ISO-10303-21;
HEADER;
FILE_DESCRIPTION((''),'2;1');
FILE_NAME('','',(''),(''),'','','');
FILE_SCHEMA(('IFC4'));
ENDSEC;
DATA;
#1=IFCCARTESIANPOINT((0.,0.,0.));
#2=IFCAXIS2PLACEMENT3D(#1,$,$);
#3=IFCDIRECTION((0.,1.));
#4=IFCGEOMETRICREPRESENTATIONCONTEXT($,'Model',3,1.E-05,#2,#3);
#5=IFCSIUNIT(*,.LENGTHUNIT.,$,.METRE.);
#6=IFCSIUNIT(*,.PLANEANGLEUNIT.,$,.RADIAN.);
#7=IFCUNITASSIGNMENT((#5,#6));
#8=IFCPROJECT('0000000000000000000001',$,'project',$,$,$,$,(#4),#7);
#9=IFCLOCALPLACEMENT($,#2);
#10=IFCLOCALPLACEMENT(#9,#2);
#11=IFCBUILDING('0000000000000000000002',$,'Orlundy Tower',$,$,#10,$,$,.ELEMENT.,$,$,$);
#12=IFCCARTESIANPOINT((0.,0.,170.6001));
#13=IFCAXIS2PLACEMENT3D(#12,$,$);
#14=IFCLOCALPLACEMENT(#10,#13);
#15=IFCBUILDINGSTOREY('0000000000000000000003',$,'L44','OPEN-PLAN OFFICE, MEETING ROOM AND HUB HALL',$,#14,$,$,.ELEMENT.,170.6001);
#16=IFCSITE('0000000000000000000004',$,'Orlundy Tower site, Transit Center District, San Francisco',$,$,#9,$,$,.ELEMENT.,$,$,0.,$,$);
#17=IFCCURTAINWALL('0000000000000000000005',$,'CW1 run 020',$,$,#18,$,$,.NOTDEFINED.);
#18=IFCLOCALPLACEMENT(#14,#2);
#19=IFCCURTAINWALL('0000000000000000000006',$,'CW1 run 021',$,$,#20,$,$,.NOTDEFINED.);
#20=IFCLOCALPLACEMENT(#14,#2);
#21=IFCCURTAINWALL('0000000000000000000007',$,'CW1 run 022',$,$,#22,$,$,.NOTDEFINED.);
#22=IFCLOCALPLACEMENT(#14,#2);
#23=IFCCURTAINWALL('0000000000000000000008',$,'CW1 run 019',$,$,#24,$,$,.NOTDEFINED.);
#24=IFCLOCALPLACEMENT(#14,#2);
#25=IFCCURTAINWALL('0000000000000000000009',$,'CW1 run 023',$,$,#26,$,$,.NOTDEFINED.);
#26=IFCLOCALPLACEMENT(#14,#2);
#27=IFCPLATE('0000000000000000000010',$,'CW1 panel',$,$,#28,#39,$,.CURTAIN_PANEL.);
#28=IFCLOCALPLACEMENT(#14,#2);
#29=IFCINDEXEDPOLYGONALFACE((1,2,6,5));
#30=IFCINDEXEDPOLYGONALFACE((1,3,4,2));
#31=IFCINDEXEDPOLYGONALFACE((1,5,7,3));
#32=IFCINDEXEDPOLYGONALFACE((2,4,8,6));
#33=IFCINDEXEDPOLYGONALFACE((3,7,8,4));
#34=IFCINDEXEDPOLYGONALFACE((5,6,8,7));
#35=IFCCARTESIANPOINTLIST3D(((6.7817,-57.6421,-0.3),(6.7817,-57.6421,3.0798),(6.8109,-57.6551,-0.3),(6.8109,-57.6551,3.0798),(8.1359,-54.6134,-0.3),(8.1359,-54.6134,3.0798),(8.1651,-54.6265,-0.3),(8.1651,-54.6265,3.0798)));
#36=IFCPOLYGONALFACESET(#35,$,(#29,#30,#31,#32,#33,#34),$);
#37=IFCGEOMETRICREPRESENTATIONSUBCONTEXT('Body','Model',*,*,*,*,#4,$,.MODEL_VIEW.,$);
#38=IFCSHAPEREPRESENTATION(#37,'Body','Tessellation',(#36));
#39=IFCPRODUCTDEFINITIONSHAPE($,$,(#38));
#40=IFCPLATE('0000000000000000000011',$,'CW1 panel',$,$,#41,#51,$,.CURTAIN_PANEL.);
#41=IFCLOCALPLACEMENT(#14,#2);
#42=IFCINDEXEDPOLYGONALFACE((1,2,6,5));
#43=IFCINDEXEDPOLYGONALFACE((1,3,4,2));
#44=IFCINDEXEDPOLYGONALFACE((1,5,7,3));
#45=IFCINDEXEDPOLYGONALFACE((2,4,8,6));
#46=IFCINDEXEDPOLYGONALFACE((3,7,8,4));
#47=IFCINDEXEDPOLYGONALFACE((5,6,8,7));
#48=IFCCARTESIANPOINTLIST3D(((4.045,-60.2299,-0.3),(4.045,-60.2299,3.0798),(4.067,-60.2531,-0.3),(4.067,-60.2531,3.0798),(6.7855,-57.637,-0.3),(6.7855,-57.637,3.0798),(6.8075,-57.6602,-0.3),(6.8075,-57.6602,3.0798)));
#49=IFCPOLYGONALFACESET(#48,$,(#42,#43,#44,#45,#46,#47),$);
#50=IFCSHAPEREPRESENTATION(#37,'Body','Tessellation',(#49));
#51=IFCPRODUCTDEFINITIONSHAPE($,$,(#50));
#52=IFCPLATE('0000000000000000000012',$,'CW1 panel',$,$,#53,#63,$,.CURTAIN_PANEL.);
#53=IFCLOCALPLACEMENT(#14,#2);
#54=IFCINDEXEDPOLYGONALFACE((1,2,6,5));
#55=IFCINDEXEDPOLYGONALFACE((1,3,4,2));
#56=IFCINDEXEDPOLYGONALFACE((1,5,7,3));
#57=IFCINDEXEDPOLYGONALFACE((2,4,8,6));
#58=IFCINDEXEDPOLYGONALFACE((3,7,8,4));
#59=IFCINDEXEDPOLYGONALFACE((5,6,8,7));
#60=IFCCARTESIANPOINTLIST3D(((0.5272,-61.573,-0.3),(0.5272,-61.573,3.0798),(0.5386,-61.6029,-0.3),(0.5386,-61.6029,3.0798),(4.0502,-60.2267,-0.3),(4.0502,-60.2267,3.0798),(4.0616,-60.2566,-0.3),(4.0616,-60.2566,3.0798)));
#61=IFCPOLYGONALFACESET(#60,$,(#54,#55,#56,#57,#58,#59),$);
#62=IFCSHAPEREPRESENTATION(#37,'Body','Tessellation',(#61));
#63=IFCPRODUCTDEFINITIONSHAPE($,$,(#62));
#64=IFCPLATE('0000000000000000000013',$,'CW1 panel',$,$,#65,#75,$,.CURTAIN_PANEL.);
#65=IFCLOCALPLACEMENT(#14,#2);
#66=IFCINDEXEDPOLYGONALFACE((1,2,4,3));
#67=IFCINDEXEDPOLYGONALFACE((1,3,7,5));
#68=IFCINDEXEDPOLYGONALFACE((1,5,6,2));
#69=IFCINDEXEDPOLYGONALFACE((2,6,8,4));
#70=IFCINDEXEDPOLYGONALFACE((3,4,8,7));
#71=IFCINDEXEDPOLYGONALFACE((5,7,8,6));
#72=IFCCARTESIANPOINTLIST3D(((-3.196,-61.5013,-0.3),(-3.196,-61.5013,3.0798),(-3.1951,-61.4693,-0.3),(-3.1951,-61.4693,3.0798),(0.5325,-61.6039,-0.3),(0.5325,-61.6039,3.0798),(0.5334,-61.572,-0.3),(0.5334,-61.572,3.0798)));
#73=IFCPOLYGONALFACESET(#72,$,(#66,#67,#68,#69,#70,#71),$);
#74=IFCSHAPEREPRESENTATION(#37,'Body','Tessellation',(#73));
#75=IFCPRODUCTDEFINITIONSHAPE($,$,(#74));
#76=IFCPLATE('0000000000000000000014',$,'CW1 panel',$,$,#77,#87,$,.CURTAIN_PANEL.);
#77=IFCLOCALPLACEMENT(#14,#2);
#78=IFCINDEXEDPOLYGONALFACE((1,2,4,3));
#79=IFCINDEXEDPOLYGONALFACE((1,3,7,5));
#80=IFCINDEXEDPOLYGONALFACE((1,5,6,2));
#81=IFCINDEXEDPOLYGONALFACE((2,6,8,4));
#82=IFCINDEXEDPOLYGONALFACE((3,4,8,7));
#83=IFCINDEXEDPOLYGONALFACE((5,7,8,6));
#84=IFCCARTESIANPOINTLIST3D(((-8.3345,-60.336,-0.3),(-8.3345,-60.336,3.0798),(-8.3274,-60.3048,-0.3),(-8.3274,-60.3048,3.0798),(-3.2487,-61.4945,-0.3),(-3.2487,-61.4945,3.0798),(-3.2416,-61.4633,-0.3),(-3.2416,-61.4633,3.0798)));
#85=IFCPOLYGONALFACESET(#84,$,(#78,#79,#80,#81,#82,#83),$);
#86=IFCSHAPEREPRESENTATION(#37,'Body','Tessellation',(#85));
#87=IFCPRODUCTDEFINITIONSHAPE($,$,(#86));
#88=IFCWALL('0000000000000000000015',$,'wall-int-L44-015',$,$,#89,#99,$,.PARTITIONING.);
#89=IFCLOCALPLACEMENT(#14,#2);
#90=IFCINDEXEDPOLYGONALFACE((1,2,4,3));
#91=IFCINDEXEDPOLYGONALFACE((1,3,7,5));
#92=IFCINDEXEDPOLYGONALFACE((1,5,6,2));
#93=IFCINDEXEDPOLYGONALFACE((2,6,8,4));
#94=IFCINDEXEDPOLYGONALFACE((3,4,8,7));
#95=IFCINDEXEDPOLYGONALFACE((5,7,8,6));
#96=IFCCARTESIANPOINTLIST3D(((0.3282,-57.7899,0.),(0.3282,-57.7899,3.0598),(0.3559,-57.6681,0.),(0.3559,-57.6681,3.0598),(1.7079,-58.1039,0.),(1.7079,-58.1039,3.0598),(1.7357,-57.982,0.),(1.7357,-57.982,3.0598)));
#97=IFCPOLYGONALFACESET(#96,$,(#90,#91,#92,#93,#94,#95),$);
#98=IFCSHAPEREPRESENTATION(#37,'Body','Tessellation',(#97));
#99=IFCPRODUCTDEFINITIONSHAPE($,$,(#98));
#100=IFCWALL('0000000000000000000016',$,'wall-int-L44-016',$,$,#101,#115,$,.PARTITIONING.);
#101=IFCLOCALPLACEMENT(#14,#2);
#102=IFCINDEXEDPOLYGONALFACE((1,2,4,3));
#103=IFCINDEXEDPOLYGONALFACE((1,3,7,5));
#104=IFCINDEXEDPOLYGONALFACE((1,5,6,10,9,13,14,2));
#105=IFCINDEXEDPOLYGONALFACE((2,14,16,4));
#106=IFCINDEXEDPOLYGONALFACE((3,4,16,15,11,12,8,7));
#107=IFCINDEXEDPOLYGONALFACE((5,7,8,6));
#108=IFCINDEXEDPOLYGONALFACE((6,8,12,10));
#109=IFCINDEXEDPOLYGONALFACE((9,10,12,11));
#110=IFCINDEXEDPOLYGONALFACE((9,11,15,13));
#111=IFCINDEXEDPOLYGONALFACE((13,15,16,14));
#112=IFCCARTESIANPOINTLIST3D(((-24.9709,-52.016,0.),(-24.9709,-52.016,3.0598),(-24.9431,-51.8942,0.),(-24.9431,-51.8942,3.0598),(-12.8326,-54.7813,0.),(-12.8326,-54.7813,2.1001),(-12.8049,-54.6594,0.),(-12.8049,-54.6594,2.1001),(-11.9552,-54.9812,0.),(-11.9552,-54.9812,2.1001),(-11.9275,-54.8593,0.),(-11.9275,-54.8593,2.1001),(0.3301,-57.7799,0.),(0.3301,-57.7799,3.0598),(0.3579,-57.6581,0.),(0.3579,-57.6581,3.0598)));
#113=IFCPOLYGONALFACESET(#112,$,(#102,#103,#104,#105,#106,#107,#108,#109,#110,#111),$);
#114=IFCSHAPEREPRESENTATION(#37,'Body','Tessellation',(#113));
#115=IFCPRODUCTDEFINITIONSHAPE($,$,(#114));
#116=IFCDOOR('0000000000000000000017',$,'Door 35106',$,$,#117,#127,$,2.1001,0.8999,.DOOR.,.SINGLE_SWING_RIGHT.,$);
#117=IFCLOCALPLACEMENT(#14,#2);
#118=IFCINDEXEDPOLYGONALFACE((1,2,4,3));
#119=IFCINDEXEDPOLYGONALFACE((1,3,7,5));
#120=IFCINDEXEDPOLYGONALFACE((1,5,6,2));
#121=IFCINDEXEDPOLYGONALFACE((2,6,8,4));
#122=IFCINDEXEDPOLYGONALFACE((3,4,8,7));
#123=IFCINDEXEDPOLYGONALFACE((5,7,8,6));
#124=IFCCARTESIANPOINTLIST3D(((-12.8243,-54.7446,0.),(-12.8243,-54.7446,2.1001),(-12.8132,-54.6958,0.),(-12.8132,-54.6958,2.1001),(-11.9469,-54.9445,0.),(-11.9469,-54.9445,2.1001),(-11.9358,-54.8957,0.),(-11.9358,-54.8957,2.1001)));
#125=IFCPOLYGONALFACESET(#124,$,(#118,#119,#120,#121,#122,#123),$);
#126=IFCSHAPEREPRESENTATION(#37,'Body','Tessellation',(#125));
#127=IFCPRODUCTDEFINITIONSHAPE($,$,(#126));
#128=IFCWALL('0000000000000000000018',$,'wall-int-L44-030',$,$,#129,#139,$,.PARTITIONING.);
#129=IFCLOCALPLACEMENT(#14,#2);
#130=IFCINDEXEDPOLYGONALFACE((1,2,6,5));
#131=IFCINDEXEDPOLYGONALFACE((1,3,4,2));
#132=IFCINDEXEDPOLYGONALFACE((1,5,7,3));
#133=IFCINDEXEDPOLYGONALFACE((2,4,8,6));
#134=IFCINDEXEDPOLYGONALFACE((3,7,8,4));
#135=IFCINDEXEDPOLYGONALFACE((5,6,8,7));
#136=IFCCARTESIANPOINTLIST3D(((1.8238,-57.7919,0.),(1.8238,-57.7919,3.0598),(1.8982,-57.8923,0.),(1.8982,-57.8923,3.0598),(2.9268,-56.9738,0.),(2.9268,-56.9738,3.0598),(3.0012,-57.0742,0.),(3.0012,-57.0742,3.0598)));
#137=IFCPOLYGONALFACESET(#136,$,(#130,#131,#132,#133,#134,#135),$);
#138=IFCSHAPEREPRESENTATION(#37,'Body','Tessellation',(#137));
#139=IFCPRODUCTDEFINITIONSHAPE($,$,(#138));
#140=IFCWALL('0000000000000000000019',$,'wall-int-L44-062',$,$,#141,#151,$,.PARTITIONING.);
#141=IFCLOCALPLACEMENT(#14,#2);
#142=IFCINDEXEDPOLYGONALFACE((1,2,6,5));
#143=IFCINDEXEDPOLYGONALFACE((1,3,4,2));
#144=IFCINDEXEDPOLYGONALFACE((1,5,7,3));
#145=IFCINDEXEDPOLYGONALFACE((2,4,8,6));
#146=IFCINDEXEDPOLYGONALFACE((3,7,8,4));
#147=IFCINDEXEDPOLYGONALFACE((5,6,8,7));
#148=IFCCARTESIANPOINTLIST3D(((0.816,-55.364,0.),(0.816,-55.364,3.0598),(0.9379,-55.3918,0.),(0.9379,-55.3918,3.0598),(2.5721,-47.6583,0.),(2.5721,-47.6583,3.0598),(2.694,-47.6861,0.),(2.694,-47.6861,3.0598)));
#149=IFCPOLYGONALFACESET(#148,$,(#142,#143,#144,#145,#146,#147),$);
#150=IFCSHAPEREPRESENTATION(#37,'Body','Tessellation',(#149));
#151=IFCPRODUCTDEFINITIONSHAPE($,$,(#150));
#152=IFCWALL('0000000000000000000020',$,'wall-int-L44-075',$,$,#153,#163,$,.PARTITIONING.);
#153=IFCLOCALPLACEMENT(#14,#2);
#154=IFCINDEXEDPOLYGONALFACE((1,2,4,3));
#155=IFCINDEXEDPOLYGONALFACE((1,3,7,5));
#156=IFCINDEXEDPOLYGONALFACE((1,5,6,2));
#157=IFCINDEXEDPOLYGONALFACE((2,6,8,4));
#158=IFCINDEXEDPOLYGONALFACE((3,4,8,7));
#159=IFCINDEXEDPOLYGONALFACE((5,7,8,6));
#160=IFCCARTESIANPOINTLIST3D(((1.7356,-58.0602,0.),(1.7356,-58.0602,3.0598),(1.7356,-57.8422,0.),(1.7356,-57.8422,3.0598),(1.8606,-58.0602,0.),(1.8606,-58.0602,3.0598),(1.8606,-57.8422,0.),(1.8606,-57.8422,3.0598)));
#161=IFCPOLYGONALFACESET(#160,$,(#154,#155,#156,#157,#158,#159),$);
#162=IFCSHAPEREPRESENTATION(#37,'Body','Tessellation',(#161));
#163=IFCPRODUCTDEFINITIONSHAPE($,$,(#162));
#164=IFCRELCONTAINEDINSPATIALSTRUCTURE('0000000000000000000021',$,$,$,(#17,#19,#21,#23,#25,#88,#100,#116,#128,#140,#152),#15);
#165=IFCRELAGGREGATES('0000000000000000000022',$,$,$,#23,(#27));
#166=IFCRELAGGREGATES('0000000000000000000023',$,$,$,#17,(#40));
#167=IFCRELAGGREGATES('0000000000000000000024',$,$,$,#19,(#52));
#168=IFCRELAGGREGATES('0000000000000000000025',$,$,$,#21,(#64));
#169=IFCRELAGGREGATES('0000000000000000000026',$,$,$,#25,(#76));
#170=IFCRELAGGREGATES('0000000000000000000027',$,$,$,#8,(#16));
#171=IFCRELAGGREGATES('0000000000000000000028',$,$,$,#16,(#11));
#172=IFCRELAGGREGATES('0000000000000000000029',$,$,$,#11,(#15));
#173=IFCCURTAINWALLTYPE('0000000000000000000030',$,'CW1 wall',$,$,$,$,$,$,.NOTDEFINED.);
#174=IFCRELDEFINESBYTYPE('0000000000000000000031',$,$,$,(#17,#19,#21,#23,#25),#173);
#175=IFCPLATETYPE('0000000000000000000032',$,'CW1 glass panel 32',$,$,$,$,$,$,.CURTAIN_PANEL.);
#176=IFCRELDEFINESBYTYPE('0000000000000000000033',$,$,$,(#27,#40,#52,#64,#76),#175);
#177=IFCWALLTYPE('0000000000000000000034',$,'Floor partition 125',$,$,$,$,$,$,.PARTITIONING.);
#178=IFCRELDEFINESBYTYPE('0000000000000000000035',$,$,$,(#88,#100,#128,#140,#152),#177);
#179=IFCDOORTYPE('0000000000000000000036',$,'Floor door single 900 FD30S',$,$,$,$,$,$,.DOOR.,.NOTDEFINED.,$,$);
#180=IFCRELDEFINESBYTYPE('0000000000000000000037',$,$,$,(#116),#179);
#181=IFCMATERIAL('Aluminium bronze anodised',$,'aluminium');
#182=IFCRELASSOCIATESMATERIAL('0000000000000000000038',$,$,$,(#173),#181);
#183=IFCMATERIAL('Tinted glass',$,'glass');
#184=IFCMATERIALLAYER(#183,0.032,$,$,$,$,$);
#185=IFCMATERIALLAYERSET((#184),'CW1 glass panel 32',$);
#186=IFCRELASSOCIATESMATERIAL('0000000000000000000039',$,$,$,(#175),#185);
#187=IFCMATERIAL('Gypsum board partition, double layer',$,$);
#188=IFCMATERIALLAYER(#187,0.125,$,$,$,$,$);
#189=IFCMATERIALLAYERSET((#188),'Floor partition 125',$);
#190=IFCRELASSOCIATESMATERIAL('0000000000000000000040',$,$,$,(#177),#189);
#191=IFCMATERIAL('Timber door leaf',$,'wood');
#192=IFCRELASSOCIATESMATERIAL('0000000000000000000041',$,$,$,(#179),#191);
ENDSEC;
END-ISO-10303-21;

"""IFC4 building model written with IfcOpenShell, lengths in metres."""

from ifc_helpers import new_model, si_unit, direction, frame, frame_2d, origin, origin_2d, place, context, subcontext, project, spatial, rectangle, extrude, material, layer, layer_set, type_object, element, fill, aggregate, save


model = new_model("IFC4")

# Units and contexts
model_context = context("Model", 3, precision=1e-05, world=origin(), true_north=direction((0.0, 1.0)))
body_context = subcontext(model_context, "Body", "Model", "MODEL_VIEW")
ifc_project = project(units=[si_unit("LENGTHUNIT", "METRE"), si_unit("PLANEANGLEUNIT", "RADIAN")], contexts=[model_context])

# Site, building, storey
site_placement = place(None, origin())
site = spatial("IfcSite", under=ifc_project, at=site_placement, Name="Orlundy Tower site, Transit Center District, San Francisco", CompositionType="ELEMENT", RefElevation=0.0)
building_placement = place(site_placement, origin())
building = spatial("IfcBuilding", under=site, at=building_placement, Name="Orlundy Tower", CompositionType="ELEMENT")
storey_placement = place(building_placement, frame((0.0, 0.0, 170.6001)))
storey = spatial("IfcBuildingStorey", under=building, at=storey_placement, Name="L44", Description="OPEN-PLAN OFFICE, MEETING ROOM AND HUB HALL", CompositionType="ELEMENT", Elevation=170.6001)

# Curtain walls
ifc_material_1 = material(Name="Aluminium bronze anodised", Category="aluminium")
curtain_wall_type = type_object("IfcCurtainWallType", Name="CW1 wall", PredefinedType="NOTDEFINED", material=ifc_material_1)
curtain_wall_1_placement = place(storey_placement, origin())
curtain_wall_1 = element("IfcCurtainWall", 1, at=curtain_wall_1_placement, inside=storey, type_object=curtain_wall_type, Name="CW1 run 020", PredefinedType="NOTDEFINED")
curtain_wall_2_placement = place(storey_placement, origin())
curtain_wall_2 = element("IfcCurtainWall", 2, at=curtain_wall_2_placement, inside=storey, type_object=curtain_wall_type, Name="CW1 run 021", PredefinedType="NOTDEFINED")
curtain_wall_3_placement = place(storey_placement, origin())
curtain_wall_3 = element("IfcCurtainWall", 3, at=curtain_wall_3_placement, inside=storey, type_object=curtain_wall_type, Name="CW1 run 022", PredefinedType="NOTDEFINED")
curtain_wall_4_placement = place(storey_placement, origin())
curtain_wall_4 = element("IfcCurtainWall", 4, at=curtain_wall_4_placement, inside=storey, type_object=curtain_wall_type, Name="CW1 run 019", PredefinedType="NOTDEFINED")

# Curtain wall
curtain_wall_5_placement = place(storey_placement, origin())
curtain_wall_5 = element("IfcCurtainWall", 5, at=curtain_wall_5_placement, inside=storey, type_object=curtain_wall_type, Name="CW1 run 023", PredefinedType="NOTDEFINED")

# Plates
ifc_material_2 = material(Name="Tinted glass", Category="glass")
ifc_layer_1 = layer(ifc_material_2, 0.032)
ifc_layer_set_1 = layer_set([ifc_layer_1], Name="CW1 glass panel 32")
plate_type = type_object("IfcPlateType", Name="CW1 glass panel 32", PredefinedType="CURTAIN_PANEL", material=ifc_layer_set_1)
plate_1_placement = place(storey_placement, frame((7.4734, -56.1343, -0.3), z_axis=(0.0, 0.0, 1.0), x_axis=(-0.408165, -0.912908, 0.0)))
plate_1 = element("IfcPlate", 6, at=plate_1_placement, type_object=plate_type, Name="CW1 panel", PredefinedType="CURTAIN_PANEL", context=body_context, shape_type="SweptSolid", body=[
    extrude(rectangle(XDim=3.3176, YDim=0.032, at=origin_2d()), origin(), (0.0, 0.0, 1.0), 3.3799),
])
aggregate(curtain_wall_4, [plate_1])
plate_2_placement = place(storey_placement, frame((5.4263, -58.9451, -0.3), z_axis=(0.0, 0.0, 1.0), x_axis=(-0.726392, -0.687281, 0.0)))
plate_2 = element("IfcPlate", 7, at=plate_2_placement, type_object=plate_type, Name="CW1 panel", PredefinedType="CURTAIN_PANEL", context=body_context, shape_type="SweptSolid", body=[
    extrude(rectangle(XDim=3.7727, YDim=0.032, at=origin_2d()), origin(), (0.0, 0.0, 1.0), 3.3799),
])
aggregate(curtain_wall_1, [plate_2])
plate_3_placement = place(storey_placement, frame((2.2944, -60.9148, -0.3), z_axis=(0.0, 0.0, 1.0), x_axis=(-0.934115, -0.356971, 0.0)))
plate_3 = element("IfcPlate", 8, at=plate_3_placement, type_object=plate_type, Name="CW1 panel", PredefinedType="CURTAIN_PANEL", context=body_context, shape_type="SweptSolid", body=[
    extrude(rectangle(XDim=3.7715, YDim=0.032, at=origin_2d()), origin(), (0.0, 0.0, 1.0), 3.3799),
])
aggregate(curtain_wall_2, [plate_3])
plate_4_placement = place(storey_placement, frame((-1.3313, -61.5366, -0.3), z_axis=(0.0, 0.0, 1.0), x_axis=(-0.999621, 0.02752, 0.0)))
plate_4 = element("IfcPlate", 9, at=plate_4_placement, type_object=plate_type, Name="CW1 panel", PredefinedType="CURTAIN_PANEL", context=body_context, shape_type="SweptSolid", body=[
    extrude(rectangle(XDim=3.73, YDim=0.032, at=origin_2d()), origin(), (0.0, 0.0, 1.0), 3.3799),
])
aggregate(curtain_wall_3, [plate_4])
plate_5_placement = place(storey_placement, frame((-5.7881, -60.8997, -0.3), z_axis=(0.0, 0.0, 1.0), x_axis=(-0.975026, 0.22209, 0.0)))
plate_5 = element("IfcPlate", 10, at=plate_5_placement, type_object=plate_type, Name="CW1 panel", PredefinedType="CURTAIN_PANEL", context=body_context, shape_type="SweptSolid", body=[
    extrude(rectangle(XDim=5.2161, YDim=0.032, at=origin_2d()), origin(), (0.0, 0.0, 1.0), 3.3799),
])
aggregate(curtain_wall_5, [plate_5])

# Wall
ifc_material_3 = material(Name="Gypsum board partition, double layer")
ifc_layer_2 = layer(ifc_material_3, 0.125)
ifc_layer_set_2 = layer_set([ifc_layer_2], Name="Floor partition 125")
wall_type = type_object("IfcWallType", Name="Floor partition 125", PredefinedType="PARTITIONING", material=ifc_layer_set_2)
wall_1_placement = place(storey_placement, frame((0.342, -57.729, 0.0), z_axis=(0.0, 0.0, 1.0), x_axis=(0.975079, -0.22186, 0.0)))
element("IfcWall", 11, at=wall_1_placement, inside=storey, type_object=wall_type, Name="wall-int-L44-015", PredefinedType="PARTITIONING", context=body_context, shape_type="SweptSolid", body=[
    extrude(rectangle(XDim=1.415, YDim=0.125, at=frame_2d((0.7075, 0.0))), origin(), (0.0, 0.0, 1.0), 3.0598),
])

# Wall, opening, door
wall_2_placement = place(storey_placement, frame((0.344, -57.719, 0.0), z_axis=(0.0, 0.0, 1.0), x_axis=(-0.975019, 0.222122, 0.0)))
wall_2 = element("IfcWall", 12, at=wall_2_placement, inside=storey, type_object=wall_type, Name="wall-int-L44-016", PredefinedType="PARTITIONING", context=body_context, shape_type="SweptSolid", body=[
    extrude(rectangle(XDim=25.9492, YDim=0.125, at=frame_2d((12.9746, 0.0))), origin(), (0.0, 0.0, 1.0), 3.0598),
])
opening_placement = place(wall_2_placement, frame((12.6001, 0.0, 0.0)))
opening = element("IfcOpeningElement", 13, at=opening_placement, cuts=wall_2, PredefinedType="OPENING", context=body_context, shape_type="SweptSolid", body=[
    extrude(rectangle(XDim=0.8999, YDim=2.1001, at=frame_2d((0.45, 1.05))), frame((0.0, 0.0725, 0.0), z_axis=(0.0, -1.0, 0.0), x_axis=(1.0, 0.0, 0.0)), (0.0, 0.0, 1.0), 0.145),
])
ifc_material_4 = material(Name="Timber door leaf", Category="wood")
door_type = type_object("IfcDoorType", Name="Floor door single 900 FD30S", OperationType="NOTDEFINED", PredefinedType="DOOR", material=ifc_material_4)
door_placement = place(opening_placement, origin())
door = element("IfcDoor", 14, at=door_placement, inside=storey, type_object=door_type, Name="Door 35106", OperationType="SINGLE_SWING_RIGHT", OverallHeight=2.1001, OverallWidth=0.8999, PredefinedType="DOOR", context=body_context, shape_type="SweptSolid", body=[
    extrude(rectangle(XDim=0.8999, YDim=2.1001, at=frame_2d((0.45, 1.05))), frame((0.0, 0.0249, 0.0), z_axis=(0.0, -1.0, 0.0), x_axis=(1.0, 0.0, 0.0)), (0.0, 0.0, 1.0), 0.05),
])
fill(opening, door)

# Walls
wall_3_placement = place(storey_placement, frame((1.8611, -57.842, 0.0), z_axis=(0.0, 0.0, 1.0), x_axis=(0.803189, 0.595725, 0.0)))
element("IfcWall", 15, at=wall_3_placement, inside=storey, type_object=wall_type, Name="wall-int-L44-030", PredefinedType="PARTITIONING", context=body_context, shape_type="SweptSolid", body=[
    extrude(rectangle(XDim=1.3733, YDim=0.125, at=frame_2d((0.6865, 0.0))), origin(), (0.0, 0.0, 1.0), 3.0598),
])
wall_4_placement = place(storey_placement, frame((0.877, -55.3779, 0.0), z_axis=(0.0, 0.0, 1.0), x_axis=(0.222197, 0.975002, 0.0)))
element("IfcWall", 16, at=wall_4_placement, inside=storey, type_object=wall_type, Name="wall-int-L44-062", PredefinedType="PARTITIONING", context=body_context, shape_type="SweptSolid", body=[
    extrude(rectangle(XDim=7.9033, YDim=0.125, at=frame_2d((3.9517, 0.0))), origin(), (0.0, 0.0, 1.0), 3.0598),
])
wall_5_placement = place(storey_placement, frame((1.7981, -58.0601, 0.0), z_axis=(0.0, 0.0, 1.0), x_axis=(0.0, 1.0, 0.0)))
element("IfcWall", 17, at=wall_5_placement, inside=storey, type_object=wall_type, Name="wall-int-L44-075", PredefinedType="PARTITIONING", context=body_context, shape_type="SweptSolid", body=[
    extrude(rectangle(XDim=0.218, YDim=0.125, at=frame_2d((0.1089, 0.0))), origin(), (0.0, 0.0, 1.0), 3.0598),
])

save(model, "model.ifc")
